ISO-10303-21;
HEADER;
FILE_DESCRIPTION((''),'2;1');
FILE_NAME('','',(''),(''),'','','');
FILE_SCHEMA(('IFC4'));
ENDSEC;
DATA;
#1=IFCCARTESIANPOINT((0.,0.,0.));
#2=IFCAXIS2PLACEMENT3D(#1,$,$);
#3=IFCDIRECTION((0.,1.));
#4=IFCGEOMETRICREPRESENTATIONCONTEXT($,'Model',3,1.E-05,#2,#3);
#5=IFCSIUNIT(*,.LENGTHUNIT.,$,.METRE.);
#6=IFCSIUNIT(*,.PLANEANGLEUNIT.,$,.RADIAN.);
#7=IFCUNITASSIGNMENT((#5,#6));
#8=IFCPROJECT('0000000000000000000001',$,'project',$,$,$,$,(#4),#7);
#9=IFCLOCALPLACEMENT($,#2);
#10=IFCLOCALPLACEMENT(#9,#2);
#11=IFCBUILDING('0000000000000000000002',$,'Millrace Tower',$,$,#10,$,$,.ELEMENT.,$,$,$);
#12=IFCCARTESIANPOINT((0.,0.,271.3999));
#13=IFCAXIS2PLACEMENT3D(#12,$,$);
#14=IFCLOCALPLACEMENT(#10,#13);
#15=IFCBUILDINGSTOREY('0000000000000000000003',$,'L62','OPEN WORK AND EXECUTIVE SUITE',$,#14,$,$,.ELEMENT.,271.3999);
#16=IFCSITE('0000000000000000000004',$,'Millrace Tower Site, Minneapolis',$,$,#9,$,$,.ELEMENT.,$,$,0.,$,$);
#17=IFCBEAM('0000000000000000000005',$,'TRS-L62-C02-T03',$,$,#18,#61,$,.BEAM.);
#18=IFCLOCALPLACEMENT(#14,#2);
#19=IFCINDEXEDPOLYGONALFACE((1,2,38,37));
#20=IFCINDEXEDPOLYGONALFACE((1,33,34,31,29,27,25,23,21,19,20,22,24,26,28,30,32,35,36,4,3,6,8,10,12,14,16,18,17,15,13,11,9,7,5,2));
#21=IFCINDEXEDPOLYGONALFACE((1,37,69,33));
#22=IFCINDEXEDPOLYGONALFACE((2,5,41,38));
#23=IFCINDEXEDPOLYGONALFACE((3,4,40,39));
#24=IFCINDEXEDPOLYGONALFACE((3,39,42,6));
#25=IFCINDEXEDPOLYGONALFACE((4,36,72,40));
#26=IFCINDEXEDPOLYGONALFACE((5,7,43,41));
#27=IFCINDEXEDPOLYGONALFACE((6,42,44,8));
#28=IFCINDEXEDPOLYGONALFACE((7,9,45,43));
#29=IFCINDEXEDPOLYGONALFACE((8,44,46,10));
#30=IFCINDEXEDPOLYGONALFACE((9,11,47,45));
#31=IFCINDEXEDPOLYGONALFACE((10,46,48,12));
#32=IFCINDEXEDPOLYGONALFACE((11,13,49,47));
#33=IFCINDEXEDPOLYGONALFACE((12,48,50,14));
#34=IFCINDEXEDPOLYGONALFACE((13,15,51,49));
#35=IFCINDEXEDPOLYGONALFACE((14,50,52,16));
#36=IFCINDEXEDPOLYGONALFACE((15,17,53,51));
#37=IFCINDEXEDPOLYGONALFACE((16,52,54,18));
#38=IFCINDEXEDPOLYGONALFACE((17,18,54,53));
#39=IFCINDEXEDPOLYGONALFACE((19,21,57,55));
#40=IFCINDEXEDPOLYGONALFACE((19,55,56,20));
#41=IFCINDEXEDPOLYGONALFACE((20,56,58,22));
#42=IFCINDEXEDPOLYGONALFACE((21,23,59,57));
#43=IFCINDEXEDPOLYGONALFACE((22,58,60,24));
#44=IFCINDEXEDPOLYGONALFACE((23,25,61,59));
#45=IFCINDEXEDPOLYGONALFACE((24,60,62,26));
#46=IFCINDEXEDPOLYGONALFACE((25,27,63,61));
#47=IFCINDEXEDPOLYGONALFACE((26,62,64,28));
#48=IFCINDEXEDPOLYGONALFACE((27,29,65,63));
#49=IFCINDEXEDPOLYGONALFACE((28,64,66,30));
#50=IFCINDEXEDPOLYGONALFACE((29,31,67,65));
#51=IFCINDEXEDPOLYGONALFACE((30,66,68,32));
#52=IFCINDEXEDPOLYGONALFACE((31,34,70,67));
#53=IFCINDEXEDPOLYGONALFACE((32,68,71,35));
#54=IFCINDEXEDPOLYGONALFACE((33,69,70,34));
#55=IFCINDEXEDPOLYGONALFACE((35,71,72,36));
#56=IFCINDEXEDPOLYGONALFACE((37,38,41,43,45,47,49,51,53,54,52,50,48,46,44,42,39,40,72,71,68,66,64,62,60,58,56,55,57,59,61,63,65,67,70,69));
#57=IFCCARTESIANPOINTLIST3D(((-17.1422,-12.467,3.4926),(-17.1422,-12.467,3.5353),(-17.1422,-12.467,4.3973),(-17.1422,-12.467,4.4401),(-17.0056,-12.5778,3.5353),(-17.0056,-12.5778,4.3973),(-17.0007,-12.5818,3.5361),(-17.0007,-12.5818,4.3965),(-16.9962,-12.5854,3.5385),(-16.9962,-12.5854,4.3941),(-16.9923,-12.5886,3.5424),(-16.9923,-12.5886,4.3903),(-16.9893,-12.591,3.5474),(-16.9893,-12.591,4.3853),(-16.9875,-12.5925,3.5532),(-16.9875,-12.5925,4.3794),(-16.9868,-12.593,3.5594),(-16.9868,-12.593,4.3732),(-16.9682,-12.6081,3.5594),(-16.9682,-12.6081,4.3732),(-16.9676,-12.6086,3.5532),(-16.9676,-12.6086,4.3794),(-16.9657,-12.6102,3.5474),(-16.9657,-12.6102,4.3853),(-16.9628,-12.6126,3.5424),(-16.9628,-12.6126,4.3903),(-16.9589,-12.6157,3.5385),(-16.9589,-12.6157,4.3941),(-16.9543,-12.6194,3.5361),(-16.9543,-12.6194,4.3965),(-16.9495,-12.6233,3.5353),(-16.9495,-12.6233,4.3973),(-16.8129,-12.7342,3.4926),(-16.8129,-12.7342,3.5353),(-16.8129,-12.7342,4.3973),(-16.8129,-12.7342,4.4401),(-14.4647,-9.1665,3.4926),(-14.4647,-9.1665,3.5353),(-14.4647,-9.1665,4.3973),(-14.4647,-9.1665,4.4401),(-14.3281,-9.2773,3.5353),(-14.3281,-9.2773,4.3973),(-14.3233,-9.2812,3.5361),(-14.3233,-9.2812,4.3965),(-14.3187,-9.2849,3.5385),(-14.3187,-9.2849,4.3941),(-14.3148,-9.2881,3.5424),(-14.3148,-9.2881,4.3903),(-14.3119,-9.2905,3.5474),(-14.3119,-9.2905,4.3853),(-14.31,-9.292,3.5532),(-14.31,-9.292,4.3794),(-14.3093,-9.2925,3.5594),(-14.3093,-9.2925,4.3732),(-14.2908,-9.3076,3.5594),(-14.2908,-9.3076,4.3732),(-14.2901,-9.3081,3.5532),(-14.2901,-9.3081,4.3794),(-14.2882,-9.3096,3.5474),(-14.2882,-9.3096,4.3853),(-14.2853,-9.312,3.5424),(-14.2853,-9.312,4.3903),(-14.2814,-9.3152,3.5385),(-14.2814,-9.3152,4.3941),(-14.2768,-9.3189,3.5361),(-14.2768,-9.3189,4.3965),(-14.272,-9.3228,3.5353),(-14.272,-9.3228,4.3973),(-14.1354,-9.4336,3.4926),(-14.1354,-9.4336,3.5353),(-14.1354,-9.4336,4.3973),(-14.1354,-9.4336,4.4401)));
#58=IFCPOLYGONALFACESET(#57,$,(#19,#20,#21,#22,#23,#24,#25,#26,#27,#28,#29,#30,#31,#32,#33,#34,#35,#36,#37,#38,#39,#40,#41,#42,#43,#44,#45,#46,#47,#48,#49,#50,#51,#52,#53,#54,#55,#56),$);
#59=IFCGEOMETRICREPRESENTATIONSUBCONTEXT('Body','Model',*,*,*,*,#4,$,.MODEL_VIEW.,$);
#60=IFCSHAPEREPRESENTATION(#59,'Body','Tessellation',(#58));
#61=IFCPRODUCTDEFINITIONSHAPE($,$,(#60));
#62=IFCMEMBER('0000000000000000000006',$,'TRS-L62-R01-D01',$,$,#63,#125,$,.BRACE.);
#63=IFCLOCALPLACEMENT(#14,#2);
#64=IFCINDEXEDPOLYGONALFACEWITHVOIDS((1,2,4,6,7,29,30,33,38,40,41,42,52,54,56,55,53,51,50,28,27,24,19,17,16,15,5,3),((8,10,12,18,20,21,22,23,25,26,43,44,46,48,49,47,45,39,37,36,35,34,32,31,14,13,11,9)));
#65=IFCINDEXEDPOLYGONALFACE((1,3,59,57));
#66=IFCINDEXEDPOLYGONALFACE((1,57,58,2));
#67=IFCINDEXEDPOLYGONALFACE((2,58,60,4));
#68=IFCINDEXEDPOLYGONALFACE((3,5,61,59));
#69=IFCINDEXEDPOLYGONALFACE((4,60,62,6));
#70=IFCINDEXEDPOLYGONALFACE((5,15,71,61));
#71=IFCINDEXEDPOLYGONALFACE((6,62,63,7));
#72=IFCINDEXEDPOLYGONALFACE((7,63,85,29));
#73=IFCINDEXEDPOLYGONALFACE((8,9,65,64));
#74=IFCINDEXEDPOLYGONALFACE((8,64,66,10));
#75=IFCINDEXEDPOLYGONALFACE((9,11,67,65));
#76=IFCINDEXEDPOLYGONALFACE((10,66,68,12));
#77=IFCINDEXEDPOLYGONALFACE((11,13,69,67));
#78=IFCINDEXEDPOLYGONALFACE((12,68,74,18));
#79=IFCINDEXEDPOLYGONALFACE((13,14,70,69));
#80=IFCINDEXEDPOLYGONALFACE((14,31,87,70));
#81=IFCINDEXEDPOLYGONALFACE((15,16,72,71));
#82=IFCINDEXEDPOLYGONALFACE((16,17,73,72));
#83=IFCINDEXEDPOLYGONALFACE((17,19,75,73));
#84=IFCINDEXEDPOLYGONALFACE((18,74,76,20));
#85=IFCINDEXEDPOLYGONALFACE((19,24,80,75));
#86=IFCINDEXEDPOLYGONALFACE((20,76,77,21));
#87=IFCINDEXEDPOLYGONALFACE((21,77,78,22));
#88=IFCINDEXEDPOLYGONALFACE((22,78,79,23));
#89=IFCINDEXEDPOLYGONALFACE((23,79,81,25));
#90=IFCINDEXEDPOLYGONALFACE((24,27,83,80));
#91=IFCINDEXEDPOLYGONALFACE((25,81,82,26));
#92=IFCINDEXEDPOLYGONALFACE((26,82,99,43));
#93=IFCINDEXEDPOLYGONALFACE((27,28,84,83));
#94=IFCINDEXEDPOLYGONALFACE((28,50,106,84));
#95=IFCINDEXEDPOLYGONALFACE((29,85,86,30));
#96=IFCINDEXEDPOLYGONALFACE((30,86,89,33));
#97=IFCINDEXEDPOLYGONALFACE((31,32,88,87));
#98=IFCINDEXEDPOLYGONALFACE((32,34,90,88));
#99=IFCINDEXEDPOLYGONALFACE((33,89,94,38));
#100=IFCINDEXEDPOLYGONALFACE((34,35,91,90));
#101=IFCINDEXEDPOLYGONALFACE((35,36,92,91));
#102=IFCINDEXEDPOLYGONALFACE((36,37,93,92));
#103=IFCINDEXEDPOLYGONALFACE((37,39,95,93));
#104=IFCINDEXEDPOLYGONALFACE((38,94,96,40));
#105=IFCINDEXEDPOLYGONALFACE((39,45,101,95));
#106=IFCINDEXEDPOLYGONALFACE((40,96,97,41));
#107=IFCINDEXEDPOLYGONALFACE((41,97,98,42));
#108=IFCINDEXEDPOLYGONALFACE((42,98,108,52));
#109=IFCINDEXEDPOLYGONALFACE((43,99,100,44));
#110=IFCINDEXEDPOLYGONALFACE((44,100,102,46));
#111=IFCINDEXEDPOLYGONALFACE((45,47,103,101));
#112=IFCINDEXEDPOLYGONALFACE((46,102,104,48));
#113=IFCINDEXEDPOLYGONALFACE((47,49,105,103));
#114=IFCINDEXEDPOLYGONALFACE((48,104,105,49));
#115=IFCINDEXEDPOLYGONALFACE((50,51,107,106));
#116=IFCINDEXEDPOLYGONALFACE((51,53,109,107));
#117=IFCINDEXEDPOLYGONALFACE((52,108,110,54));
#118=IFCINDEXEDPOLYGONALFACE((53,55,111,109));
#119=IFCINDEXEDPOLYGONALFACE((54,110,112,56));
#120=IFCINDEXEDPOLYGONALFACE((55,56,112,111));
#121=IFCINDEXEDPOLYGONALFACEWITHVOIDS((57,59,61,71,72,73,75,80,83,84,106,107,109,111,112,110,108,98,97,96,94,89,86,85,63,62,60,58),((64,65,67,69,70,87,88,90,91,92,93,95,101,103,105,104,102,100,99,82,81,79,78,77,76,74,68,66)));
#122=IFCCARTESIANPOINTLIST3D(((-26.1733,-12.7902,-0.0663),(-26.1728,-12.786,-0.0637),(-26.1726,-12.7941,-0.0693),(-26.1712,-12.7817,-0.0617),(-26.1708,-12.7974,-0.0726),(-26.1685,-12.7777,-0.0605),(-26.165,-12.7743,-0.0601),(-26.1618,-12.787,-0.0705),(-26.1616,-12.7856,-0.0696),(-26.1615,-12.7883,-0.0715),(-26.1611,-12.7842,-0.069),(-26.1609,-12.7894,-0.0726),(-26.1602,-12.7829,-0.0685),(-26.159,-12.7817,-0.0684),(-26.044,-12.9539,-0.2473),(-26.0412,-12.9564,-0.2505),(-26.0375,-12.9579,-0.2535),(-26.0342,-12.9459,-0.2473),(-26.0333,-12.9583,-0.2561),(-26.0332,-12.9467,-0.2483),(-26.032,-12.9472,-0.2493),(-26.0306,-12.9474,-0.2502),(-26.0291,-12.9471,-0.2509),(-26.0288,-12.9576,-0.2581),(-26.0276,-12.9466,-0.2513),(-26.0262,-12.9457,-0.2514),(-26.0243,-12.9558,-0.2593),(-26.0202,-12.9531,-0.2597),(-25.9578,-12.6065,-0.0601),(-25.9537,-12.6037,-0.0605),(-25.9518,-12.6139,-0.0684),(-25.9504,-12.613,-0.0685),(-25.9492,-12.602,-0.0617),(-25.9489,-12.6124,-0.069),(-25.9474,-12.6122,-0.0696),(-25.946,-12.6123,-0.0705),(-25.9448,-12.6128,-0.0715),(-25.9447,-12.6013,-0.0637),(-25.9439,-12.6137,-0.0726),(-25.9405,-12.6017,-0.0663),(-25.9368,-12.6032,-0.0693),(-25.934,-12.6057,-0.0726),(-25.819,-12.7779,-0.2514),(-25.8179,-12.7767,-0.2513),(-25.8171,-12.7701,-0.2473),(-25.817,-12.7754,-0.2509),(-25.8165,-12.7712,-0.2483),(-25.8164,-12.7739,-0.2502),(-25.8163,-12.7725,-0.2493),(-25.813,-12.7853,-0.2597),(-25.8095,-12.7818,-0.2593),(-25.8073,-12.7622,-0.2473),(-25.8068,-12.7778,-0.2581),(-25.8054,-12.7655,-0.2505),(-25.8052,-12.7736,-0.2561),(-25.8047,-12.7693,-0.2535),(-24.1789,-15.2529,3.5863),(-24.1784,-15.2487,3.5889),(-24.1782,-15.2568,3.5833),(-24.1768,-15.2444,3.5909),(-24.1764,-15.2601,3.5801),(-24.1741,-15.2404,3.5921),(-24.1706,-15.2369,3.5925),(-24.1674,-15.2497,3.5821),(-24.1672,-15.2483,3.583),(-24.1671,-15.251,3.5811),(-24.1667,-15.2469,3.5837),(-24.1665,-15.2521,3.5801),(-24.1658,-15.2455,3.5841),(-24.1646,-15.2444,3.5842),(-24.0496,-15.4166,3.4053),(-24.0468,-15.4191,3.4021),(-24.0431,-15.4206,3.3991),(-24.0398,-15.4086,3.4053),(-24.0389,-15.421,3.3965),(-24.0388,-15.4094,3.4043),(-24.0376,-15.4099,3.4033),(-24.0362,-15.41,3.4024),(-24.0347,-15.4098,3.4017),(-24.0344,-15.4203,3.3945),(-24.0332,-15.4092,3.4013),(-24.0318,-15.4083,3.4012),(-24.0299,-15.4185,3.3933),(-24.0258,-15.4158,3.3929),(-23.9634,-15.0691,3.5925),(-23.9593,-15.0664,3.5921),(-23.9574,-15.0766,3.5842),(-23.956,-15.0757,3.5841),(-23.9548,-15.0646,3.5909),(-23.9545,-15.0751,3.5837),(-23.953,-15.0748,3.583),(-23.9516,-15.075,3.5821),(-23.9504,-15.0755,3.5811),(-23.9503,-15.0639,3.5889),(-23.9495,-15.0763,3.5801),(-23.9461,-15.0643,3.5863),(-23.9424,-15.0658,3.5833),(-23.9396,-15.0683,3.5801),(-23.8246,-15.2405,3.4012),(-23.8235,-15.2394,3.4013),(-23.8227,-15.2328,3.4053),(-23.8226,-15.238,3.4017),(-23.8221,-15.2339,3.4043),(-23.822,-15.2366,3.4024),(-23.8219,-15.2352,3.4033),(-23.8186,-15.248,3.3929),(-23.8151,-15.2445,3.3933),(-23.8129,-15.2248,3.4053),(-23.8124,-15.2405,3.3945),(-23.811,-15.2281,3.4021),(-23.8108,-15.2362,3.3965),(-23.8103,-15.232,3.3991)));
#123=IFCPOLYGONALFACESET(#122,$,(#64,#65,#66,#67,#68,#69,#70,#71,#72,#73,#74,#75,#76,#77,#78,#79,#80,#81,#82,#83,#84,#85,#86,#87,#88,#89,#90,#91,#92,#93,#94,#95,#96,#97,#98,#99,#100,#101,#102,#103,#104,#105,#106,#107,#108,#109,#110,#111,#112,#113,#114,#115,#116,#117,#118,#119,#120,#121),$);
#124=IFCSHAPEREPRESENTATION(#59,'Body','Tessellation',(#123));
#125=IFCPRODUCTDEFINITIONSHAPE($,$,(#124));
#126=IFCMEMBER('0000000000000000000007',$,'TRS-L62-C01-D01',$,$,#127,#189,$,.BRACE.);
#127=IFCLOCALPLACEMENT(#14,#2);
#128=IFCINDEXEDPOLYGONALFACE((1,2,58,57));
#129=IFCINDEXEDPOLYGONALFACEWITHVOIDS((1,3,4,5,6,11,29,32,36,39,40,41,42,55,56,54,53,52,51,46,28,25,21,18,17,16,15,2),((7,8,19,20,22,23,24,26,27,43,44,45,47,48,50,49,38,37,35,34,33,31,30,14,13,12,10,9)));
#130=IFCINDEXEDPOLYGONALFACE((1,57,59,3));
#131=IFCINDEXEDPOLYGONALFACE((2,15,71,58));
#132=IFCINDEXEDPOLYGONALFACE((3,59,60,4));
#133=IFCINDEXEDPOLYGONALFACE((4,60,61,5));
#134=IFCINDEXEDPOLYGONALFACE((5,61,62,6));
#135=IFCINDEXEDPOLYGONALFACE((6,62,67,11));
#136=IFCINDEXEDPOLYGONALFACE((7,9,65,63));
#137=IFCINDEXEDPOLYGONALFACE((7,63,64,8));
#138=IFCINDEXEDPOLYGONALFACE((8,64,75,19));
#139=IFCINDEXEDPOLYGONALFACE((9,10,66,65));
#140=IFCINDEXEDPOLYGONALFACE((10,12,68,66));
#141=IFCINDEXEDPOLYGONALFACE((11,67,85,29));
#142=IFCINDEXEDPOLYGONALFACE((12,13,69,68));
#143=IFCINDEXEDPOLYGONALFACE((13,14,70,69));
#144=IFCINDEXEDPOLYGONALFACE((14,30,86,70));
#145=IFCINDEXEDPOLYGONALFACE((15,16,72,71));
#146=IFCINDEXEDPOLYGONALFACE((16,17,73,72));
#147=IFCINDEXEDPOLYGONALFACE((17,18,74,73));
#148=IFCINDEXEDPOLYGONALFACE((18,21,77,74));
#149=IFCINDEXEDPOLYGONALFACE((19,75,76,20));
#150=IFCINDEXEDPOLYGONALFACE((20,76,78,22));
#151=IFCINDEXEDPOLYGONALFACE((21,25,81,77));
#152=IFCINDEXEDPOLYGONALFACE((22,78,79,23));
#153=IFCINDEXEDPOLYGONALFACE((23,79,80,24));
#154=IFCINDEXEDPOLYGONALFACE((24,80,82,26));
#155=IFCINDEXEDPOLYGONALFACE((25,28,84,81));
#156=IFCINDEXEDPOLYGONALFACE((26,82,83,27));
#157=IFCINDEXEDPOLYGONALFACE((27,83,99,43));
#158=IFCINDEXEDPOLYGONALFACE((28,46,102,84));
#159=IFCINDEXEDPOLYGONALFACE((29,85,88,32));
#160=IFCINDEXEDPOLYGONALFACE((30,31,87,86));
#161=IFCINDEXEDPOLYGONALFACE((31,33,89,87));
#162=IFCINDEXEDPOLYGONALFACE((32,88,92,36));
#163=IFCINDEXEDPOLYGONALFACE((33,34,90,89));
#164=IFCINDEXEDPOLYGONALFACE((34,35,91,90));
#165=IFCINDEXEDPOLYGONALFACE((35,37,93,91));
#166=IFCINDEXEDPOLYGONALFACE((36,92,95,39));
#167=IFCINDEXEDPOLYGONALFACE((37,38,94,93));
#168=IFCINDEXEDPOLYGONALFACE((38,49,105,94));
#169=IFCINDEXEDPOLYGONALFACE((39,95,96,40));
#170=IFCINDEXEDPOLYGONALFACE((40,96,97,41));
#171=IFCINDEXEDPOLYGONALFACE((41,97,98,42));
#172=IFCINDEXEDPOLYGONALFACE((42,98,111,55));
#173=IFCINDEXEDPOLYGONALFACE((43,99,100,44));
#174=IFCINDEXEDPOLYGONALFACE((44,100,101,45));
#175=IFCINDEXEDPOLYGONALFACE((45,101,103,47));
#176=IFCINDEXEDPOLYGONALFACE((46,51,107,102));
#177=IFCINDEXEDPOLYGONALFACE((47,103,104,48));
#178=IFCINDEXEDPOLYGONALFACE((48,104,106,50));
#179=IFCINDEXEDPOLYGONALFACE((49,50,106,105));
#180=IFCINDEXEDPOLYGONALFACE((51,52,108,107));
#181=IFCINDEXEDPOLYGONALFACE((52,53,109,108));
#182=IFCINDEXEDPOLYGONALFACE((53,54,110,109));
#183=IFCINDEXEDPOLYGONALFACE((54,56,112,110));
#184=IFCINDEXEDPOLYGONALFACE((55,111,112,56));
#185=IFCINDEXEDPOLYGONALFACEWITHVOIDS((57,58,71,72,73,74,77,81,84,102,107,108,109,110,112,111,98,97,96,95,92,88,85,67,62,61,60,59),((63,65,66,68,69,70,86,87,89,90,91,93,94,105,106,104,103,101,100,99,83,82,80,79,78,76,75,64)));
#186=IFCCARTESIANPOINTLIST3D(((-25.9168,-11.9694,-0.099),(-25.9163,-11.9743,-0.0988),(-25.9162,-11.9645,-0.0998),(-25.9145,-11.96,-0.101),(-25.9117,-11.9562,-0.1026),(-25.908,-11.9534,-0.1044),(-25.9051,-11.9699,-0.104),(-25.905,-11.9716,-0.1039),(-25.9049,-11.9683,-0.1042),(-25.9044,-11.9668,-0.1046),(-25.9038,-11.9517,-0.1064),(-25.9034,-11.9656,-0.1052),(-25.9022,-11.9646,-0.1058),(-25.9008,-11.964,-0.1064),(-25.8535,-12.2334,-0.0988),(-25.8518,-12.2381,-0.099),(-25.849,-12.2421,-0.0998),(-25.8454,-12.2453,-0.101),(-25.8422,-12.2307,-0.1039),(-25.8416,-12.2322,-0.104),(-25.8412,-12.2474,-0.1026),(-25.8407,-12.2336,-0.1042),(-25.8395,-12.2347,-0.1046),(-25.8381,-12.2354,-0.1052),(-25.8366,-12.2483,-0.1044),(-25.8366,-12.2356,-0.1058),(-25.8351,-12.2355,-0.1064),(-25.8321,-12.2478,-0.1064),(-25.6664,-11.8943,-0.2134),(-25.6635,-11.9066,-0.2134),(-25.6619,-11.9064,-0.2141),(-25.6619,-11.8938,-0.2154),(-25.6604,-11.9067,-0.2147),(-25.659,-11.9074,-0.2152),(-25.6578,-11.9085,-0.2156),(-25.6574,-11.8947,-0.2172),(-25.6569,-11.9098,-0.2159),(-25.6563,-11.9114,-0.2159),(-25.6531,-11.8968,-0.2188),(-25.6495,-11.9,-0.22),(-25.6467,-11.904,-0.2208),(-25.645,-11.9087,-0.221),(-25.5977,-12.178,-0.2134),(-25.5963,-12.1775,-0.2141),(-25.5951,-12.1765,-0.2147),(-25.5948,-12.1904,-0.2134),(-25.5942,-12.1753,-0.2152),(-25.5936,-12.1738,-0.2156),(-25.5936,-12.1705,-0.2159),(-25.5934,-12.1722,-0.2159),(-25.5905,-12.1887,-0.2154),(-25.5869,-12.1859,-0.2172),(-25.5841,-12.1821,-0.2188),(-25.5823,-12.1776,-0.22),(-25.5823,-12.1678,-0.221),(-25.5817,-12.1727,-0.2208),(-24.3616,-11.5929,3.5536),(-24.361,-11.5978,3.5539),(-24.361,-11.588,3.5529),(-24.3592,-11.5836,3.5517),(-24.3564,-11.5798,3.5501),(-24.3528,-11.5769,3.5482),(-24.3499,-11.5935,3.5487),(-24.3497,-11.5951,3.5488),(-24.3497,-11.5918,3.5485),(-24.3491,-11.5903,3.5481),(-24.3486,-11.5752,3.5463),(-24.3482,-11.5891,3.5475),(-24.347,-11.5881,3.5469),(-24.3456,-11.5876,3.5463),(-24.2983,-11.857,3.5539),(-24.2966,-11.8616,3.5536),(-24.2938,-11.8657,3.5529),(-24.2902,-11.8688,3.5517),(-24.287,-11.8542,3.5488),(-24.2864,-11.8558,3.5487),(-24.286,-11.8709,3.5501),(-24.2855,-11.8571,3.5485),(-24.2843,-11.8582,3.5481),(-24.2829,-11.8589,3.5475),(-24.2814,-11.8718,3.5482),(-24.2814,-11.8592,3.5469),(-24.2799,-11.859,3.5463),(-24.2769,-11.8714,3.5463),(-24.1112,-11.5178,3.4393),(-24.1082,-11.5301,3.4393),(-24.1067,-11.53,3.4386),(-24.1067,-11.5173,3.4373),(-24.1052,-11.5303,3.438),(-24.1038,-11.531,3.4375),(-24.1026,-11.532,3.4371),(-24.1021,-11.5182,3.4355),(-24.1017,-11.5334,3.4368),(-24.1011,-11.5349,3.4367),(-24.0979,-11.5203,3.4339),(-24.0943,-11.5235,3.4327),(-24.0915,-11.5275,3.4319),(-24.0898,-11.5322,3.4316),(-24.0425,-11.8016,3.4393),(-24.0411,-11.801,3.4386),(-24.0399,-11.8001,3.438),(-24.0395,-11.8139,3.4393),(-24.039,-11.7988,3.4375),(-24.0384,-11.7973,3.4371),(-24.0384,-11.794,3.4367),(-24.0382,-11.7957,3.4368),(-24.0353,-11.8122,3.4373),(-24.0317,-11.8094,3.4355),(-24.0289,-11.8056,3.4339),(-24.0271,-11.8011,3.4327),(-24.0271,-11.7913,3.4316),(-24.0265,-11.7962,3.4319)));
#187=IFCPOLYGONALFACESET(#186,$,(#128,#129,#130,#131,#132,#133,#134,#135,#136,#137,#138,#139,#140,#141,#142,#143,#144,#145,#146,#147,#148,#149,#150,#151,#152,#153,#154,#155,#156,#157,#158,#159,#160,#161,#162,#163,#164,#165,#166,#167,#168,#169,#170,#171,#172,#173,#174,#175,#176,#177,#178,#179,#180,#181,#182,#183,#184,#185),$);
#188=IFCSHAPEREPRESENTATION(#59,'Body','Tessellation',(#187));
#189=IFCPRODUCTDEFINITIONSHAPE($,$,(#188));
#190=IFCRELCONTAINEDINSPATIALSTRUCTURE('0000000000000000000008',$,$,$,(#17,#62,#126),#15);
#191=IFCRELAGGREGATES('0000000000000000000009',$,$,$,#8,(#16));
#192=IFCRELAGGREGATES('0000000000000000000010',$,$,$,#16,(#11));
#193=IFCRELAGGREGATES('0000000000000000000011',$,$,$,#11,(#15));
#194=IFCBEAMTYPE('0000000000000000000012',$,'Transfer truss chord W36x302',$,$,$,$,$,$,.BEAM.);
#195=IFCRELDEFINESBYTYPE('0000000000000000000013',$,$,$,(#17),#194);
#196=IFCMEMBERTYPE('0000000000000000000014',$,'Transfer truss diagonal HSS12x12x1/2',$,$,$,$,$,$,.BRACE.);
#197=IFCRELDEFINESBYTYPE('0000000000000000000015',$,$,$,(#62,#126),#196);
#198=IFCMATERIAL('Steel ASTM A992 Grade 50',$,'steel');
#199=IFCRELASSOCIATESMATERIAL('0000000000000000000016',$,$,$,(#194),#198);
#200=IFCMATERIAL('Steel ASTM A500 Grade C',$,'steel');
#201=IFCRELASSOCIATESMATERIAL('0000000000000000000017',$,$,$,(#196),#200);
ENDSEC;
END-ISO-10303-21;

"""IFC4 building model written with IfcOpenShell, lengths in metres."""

from ifc_helpers import new_model, si_unit, direction, frame, origin, origin_2d, place, context, subcontext, project, spatial, hollow_rectangle, i_section, extrude, material, material_profile, profile_set, type_object, element, save


model = new_model("IFC4")

# Units and contexts
model_context = context("Model", 3, precision=1e-05, world=origin(), true_north=direction((0.0, 1.0)))
body_context = subcontext(model_context, "Body", "Model", "MODEL_VIEW")
ifc_project = project(units=[si_unit("LENGTHUNIT", "METRE"), si_unit("PLANEANGLEUNIT", "RADIAN")], contexts=[model_context])

# Site, building, storey
site_placement = place(None, origin())
site = spatial("IfcSite", under=ifc_project, at=site_placement, Name="Millrace Tower Site, Minneapolis", CompositionType="ELEMENT", RefElevation=0.0)
building_placement = place(site_placement, origin())
building = spatial("IfcBuilding", under=site, at=building_placement, Name="Millrace Tower", CompositionType="ELEMENT")
storey_placement = place(building_placement, frame((0.0, 0.0, 271.3999)))
storey = spatial("IfcBuildingStorey", under=building, at=storey_placement, Name="L62", Description="OPEN WORK AND EXECUTIVE SUITE", CompositionType="ELEMENT", Elevation=271.3999)

# Beam
ifc_material_1 = material(Name="Steel ASTM A992 Grade 50", Category="steel")
ifc_material_profile_1 = material_profile(ifc_material_1, i_section(OverallWidth=0.4241, OverallDepth=0.9475, WebThickness=0.0239, FlangeThickness=0.0427, FilletRadius=0.0242, at=origin_2d()))
ifc_profile_set_1 = profile_set([ifc_material_profile_1], Name="Steel ASTM A992 Grade 50")
beam_type_1 = type_object("IfcBeamType", Name="Transfer truss chord W36x302", PredefinedType="BEAM", material=ifc_profile_set_1)
for number, where, z_axis, x_axis, name in (
    (1, (-16.9775, -12.6006, 3.9663), (0.629998, 0.776597, 0.0), (-0.776597, 0.629998, 0.0), "TRS-L62-C02-T03"),
):
    element("IfcBeam", number, at=place(storey_placement, frame(where, z_axis=z_axis, x_axis=x_axis)), inside=storey, type_object=beam_type_1, Name=name, PredefinedType="BEAM", context=body_context, shape_type="SweptSolid", body=[
        extrude(i_section(OverallWidth=0.4241, OverallDepth=0.9475, WebThickness=0.0239, FlangeThickness=0.0427, FilletRadius=0.0242, at=origin_2d()), origin(), (0.0, 0.0, 1.0), 4.25),
    ])

# Members
ifc_material_2 = material(Name="Steel ASTM A500 Grade C", Category="steel")
ifc_material_profile_2 = material_profile(ifc_material_2, hollow_rectangle(XDim=0.3047, YDim=0.3047, WallThickness=0.0127, InnerFilletRadius=0.0063, OuterFilletRadius=0.019, at=origin_2d()))
ifc_profile_set_2 = profile_set([ifc_material_profile_2], Name="Steel ASTM A500 Grade C")
member_type_1 = type_object("IfcMemberType", Name="Transfer truss diagonal HSS12x12x1/2", PredefinedType="BRACE", material=ifc_profile_set_2)
member_1_placement = place(storey_placement, frame((-25.989, -12.7798, -0.1599), z_axis=(0.412433, -0.509268, 0.755344), x_axis=(0.777119, 0.629353, 0.0)))
element("IfcMember", 2, at=member_1_placement, inside=storey, type_object=member_type_1, Name="TRS-L62-R01-D01", PredefinedType="BRACE", context=body_context, shape_type="SweptSolid", body=[
    extrude(hollow_rectangle(XDim=0.3047, YDim=0.3047, WallThickness=0.0127, InnerFilletRadius=0.0063, OuterFilletRadius=0.019, at=origin_2d()), origin(), (0.0, 0.0, 1.0), 4.8357),
])
member_2_placement = place(storey_placement, frame((-25.7493, -12.071, -0.1599), z_axis=(0.389994, 0.094407, 0.915965), x_axis=(-0.235277, 0.971928, 0.0)))
element("IfcMember", 3, at=member_2_placement, inside=storey, type_object=member_type_1, Name="TRS-L62-C01-D01", PredefinedType="BRACE", context=body_context, shape_type="SweptSolid", body=[
    extrude(hollow_rectangle(XDim=0.3047, YDim=0.3047, WallThickness=0.0127, InnerFilletRadius=0.0063, OuterFilletRadius=0.019, at=origin_2d()), origin(), (0.0, 0.0, 1.0), 3.9878),
])

save(model, "model.ifc")
